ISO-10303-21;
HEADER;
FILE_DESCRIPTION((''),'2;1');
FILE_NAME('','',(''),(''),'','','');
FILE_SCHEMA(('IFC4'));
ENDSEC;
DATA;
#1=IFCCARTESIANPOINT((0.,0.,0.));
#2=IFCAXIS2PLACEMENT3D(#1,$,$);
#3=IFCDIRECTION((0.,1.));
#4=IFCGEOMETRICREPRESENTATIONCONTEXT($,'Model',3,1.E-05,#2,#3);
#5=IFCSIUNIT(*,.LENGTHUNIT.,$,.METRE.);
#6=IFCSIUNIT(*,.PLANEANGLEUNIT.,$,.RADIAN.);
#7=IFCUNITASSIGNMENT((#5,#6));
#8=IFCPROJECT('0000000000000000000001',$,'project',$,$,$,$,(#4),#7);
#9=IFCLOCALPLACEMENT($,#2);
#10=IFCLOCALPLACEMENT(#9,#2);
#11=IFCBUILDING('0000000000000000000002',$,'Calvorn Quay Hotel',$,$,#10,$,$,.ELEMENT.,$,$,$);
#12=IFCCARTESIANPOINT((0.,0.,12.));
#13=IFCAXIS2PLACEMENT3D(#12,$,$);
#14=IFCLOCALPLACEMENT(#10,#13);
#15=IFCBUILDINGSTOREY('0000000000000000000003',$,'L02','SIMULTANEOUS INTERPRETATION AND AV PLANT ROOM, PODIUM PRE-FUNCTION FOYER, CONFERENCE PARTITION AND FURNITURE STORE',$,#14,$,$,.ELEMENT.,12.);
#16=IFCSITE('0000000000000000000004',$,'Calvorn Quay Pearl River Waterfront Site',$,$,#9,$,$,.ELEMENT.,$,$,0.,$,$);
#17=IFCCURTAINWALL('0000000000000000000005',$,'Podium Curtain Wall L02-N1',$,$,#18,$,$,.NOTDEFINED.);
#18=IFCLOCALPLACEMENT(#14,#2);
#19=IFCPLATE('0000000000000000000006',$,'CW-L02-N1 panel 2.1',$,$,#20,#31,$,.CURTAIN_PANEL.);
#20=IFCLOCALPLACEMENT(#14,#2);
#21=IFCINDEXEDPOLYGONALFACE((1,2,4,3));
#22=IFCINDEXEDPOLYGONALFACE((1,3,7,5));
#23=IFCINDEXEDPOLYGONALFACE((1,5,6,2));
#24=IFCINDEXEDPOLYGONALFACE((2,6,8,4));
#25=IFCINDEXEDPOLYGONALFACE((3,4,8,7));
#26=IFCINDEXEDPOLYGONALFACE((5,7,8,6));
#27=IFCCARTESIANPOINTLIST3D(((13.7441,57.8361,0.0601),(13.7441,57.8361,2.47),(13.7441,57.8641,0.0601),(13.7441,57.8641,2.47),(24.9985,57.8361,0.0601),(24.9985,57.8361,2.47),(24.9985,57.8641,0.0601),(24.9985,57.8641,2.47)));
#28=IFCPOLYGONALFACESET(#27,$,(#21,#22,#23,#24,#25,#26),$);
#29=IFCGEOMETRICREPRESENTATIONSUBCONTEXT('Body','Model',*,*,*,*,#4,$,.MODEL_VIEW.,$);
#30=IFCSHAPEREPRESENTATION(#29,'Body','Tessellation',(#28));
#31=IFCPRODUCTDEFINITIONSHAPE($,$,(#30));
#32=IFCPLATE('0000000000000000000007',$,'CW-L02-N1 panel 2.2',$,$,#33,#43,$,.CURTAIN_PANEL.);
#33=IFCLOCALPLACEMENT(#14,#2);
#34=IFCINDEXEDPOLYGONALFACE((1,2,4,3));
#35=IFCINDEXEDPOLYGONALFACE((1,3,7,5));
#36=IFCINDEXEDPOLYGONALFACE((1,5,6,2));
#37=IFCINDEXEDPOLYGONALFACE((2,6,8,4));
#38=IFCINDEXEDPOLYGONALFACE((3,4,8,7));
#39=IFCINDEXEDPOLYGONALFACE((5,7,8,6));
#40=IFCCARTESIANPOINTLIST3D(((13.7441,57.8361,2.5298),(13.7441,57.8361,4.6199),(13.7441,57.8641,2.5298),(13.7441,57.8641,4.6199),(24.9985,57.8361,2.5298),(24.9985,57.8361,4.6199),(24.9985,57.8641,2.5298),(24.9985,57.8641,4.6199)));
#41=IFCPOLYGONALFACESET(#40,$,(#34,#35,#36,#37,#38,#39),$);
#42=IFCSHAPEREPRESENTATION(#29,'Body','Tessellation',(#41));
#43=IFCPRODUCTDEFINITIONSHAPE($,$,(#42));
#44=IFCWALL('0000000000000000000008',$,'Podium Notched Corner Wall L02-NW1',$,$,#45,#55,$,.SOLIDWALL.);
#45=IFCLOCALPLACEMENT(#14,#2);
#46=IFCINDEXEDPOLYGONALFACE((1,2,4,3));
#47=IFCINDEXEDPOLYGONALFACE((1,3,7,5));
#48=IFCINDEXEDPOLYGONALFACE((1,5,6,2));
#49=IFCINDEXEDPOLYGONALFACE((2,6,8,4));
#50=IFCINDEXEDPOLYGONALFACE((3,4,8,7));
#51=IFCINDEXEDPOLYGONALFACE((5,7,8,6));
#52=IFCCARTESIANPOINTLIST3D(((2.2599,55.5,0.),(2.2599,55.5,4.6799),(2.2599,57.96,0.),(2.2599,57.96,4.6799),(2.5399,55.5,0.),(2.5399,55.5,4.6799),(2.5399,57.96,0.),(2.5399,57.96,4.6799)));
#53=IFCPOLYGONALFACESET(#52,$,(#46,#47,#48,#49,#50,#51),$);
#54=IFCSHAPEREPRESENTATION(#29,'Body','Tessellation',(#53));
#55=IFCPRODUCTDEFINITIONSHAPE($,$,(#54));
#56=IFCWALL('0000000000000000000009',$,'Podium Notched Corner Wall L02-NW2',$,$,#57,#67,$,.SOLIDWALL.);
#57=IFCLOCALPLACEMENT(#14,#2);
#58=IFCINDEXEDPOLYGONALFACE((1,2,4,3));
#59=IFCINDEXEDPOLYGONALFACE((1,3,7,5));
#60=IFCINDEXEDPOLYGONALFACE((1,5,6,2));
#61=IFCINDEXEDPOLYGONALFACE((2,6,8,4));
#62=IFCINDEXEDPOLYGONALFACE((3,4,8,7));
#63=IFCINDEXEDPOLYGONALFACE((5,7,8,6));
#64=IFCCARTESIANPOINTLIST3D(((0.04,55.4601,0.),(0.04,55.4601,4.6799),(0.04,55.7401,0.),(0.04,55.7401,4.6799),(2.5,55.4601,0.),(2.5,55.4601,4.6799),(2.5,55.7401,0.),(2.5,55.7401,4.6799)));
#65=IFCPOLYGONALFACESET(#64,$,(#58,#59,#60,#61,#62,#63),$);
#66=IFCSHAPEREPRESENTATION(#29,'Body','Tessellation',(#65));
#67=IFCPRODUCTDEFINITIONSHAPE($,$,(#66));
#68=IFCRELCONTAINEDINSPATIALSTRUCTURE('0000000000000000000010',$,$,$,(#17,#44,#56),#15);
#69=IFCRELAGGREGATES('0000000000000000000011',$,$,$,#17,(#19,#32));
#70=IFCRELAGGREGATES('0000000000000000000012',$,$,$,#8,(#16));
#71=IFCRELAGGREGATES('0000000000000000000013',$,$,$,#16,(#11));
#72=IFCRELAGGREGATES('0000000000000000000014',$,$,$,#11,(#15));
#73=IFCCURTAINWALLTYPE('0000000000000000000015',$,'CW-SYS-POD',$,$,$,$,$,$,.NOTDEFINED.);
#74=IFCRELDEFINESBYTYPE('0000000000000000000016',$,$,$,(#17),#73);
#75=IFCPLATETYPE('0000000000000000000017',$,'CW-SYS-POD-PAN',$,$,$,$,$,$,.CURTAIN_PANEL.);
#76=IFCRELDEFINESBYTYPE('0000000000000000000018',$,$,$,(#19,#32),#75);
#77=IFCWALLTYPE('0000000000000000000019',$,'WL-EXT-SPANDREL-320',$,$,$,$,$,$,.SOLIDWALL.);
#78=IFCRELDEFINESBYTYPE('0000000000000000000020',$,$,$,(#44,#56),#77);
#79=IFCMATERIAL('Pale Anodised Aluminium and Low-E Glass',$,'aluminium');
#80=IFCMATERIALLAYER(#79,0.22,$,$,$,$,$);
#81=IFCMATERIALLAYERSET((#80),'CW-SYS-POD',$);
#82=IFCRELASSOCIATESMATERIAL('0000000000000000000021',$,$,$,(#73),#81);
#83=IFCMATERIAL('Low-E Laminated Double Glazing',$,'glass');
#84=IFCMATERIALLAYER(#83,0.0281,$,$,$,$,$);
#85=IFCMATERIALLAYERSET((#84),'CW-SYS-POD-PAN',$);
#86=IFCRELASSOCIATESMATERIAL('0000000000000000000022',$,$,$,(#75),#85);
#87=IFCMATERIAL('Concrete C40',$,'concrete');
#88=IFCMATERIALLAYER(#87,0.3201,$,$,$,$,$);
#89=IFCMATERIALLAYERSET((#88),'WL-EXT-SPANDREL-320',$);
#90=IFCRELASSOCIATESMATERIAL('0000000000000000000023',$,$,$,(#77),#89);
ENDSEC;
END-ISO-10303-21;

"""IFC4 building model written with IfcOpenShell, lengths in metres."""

from ifc_helpers import new_model, si_unit, direction, frame, frame_2d, origin, origin_2d, place, context, subcontext, project, spatial, rectangle, extrude, material, layer, layer_set, type_object, element, aggregate, save


model = new_model("IFC4")

# Units and contexts
model_context = context("Model", 3, precision=1e-05, world=origin(), true_north=direction((0.0, 1.0)))
body_context = subcontext(model_context, "Body", "Model", "MODEL_VIEW")
ifc_project = project(units=[si_unit("LENGTHUNIT", "METRE"), si_unit("PLANEANGLEUNIT", "RADIAN")], contexts=[model_context])

# Site, building, storey
site_placement = place(None, origin())
site = spatial("IfcSite", under=ifc_project, at=site_placement, Name="Calvorn Quay Pearl River Waterfront Site", CompositionType="ELEMENT", RefElevation=0.0)
building_placement = place(site_placement, origin())
building = spatial("IfcBuilding", under=site, at=building_placement, Name="Calvorn Quay Hotel", CompositionType="ELEMENT")
storey_placement = place(building_placement, frame((0.0, 0.0, 12.0)))
storey = spatial("IfcBuildingStorey", under=building, at=storey_placement, Name="L02", Description="SIMULTANEOUS INTERPRETATION AND AV PLANT ROOM, PODIUM PRE-FUNCTION FOYER, CONFERENCE PARTITION AND FURNITURE STORE", CompositionType="ELEMENT", Elevation=12.0)

# Shared definitions
ifc_material_1 = material(Name="Pale Anodised Aluminium and Low-E Glass", Category="aluminium")
ifc_layer_1 = layer(ifc_material_1, 0.22)
ifc_layer_set_1 = layer_set([ifc_layer_1], Name="CW-SYS-POD")
curtain_wall_type = type_object("IfcCurtainWallType", Name="CW-SYS-POD", PredefinedType="NOTDEFINED", material=ifc_layer_set_1)

# Curtain wall
curtain_wall_1_placement = place(storey_placement, origin())
curtain_wall_1 = element("IfcCurtainWall", 1, at=curtain_wall_1_placement, inside=storey, type_object=curtain_wall_type, Name="Podium Curtain Wall L02-N1", PredefinedType="NOTDEFINED")

# Plates
ifc_material_2 = material(Name="Low-E Laminated Double Glazing", Category="glass")
ifc_layer_2 = layer(ifc_material_2, 0.0281)
ifc_layer_set_2 = layer_set([ifc_layer_2], Name="CW-SYS-POD-PAN")
plate_type = type_object("IfcPlateType", Name="CW-SYS-POD-PAN", PredefinedType="CURTAIN_PANEL", material=ifc_layer_set_2)
plate_1_placement = place(storey_placement, frame((19.3713, 57.8501, 0.0601), z_axis=(0.0, 0.0, 1.0), x_axis=(1.0, 0.0, 0.0)))
plate_1 = element("IfcPlate", 2, at=plate_1_placement, type_object=plate_type, Name="CW-L02-N1 panel 2.1", PredefinedType="CURTAIN_PANEL", context=body_context, shape_type="SweptSolid", body=[
    extrude(rectangle(XDim=11.2544, YDim=0.0281, at=origin_2d()), origin(), (0.0, 0.0, 1.0), 2.4099),
])
plate_2_placement = place(storey_placement, frame((19.3713, 57.8501, 2.5298), z_axis=(0.0, 0.0, 1.0), x_axis=(1.0, 0.0, 0.0)))
plate_2 = element("IfcPlate", 3, at=plate_2_placement, type_object=plate_type, Name="CW-L02-N1 panel 2.2", PredefinedType="CURTAIN_PANEL", context=body_context, shape_type="SweptSolid", body=[
    extrude(rectangle(XDim=11.2544, YDim=0.0281, at=origin_2d()), origin(), (0.0, 0.0, 1.0), 2.0901),
])
aggregate(curtain_wall_1, [plate_1, plate_2])

# Walls
ifc_material_3 = material(Name="Concrete C40", Category="concrete")
ifc_layer_3 = layer(ifc_material_3, 0.3201)
ifc_layer_set_3 = layer_set([ifc_layer_3], Name="WL-EXT-SPANDREL-320")
wall_type = type_object("IfcWallType", Name="WL-EXT-SPANDREL-320", PredefinedType="SOLIDWALL", material=ifc_layer_set_3)
for number, where, z_axis, x_axis, name in (
    (4, (2.3999, 57.96, 0.0), (0.0, 0.0, 1.0), (0.0, -1.0, 0.0), "Podium Notched Corner Wall L02-NW1"),
    (5, (2.5, 55.6001, 0.0), (0.0, 0.0, 1.0), (-1.0, 0.0, 0.0), "Podium Notched Corner Wall L02-NW2"),
):
    element("IfcWall", number, at=place(storey_placement, frame(where, z_axis=z_axis, x_axis=x_axis)), inside=storey, type_object=wall_type, Name=name, PredefinedType="SOLIDWALL", context=body_context, shape_type="SweptSolid", body=[
        extrude(rectangle(XDim=2.46, YDim=0.28, at=frame_2d((1.23, 0.0))), origin(), (0.0, 0.0, 1.0), 4.6799),
    ])

save(model, "model.ifc")
